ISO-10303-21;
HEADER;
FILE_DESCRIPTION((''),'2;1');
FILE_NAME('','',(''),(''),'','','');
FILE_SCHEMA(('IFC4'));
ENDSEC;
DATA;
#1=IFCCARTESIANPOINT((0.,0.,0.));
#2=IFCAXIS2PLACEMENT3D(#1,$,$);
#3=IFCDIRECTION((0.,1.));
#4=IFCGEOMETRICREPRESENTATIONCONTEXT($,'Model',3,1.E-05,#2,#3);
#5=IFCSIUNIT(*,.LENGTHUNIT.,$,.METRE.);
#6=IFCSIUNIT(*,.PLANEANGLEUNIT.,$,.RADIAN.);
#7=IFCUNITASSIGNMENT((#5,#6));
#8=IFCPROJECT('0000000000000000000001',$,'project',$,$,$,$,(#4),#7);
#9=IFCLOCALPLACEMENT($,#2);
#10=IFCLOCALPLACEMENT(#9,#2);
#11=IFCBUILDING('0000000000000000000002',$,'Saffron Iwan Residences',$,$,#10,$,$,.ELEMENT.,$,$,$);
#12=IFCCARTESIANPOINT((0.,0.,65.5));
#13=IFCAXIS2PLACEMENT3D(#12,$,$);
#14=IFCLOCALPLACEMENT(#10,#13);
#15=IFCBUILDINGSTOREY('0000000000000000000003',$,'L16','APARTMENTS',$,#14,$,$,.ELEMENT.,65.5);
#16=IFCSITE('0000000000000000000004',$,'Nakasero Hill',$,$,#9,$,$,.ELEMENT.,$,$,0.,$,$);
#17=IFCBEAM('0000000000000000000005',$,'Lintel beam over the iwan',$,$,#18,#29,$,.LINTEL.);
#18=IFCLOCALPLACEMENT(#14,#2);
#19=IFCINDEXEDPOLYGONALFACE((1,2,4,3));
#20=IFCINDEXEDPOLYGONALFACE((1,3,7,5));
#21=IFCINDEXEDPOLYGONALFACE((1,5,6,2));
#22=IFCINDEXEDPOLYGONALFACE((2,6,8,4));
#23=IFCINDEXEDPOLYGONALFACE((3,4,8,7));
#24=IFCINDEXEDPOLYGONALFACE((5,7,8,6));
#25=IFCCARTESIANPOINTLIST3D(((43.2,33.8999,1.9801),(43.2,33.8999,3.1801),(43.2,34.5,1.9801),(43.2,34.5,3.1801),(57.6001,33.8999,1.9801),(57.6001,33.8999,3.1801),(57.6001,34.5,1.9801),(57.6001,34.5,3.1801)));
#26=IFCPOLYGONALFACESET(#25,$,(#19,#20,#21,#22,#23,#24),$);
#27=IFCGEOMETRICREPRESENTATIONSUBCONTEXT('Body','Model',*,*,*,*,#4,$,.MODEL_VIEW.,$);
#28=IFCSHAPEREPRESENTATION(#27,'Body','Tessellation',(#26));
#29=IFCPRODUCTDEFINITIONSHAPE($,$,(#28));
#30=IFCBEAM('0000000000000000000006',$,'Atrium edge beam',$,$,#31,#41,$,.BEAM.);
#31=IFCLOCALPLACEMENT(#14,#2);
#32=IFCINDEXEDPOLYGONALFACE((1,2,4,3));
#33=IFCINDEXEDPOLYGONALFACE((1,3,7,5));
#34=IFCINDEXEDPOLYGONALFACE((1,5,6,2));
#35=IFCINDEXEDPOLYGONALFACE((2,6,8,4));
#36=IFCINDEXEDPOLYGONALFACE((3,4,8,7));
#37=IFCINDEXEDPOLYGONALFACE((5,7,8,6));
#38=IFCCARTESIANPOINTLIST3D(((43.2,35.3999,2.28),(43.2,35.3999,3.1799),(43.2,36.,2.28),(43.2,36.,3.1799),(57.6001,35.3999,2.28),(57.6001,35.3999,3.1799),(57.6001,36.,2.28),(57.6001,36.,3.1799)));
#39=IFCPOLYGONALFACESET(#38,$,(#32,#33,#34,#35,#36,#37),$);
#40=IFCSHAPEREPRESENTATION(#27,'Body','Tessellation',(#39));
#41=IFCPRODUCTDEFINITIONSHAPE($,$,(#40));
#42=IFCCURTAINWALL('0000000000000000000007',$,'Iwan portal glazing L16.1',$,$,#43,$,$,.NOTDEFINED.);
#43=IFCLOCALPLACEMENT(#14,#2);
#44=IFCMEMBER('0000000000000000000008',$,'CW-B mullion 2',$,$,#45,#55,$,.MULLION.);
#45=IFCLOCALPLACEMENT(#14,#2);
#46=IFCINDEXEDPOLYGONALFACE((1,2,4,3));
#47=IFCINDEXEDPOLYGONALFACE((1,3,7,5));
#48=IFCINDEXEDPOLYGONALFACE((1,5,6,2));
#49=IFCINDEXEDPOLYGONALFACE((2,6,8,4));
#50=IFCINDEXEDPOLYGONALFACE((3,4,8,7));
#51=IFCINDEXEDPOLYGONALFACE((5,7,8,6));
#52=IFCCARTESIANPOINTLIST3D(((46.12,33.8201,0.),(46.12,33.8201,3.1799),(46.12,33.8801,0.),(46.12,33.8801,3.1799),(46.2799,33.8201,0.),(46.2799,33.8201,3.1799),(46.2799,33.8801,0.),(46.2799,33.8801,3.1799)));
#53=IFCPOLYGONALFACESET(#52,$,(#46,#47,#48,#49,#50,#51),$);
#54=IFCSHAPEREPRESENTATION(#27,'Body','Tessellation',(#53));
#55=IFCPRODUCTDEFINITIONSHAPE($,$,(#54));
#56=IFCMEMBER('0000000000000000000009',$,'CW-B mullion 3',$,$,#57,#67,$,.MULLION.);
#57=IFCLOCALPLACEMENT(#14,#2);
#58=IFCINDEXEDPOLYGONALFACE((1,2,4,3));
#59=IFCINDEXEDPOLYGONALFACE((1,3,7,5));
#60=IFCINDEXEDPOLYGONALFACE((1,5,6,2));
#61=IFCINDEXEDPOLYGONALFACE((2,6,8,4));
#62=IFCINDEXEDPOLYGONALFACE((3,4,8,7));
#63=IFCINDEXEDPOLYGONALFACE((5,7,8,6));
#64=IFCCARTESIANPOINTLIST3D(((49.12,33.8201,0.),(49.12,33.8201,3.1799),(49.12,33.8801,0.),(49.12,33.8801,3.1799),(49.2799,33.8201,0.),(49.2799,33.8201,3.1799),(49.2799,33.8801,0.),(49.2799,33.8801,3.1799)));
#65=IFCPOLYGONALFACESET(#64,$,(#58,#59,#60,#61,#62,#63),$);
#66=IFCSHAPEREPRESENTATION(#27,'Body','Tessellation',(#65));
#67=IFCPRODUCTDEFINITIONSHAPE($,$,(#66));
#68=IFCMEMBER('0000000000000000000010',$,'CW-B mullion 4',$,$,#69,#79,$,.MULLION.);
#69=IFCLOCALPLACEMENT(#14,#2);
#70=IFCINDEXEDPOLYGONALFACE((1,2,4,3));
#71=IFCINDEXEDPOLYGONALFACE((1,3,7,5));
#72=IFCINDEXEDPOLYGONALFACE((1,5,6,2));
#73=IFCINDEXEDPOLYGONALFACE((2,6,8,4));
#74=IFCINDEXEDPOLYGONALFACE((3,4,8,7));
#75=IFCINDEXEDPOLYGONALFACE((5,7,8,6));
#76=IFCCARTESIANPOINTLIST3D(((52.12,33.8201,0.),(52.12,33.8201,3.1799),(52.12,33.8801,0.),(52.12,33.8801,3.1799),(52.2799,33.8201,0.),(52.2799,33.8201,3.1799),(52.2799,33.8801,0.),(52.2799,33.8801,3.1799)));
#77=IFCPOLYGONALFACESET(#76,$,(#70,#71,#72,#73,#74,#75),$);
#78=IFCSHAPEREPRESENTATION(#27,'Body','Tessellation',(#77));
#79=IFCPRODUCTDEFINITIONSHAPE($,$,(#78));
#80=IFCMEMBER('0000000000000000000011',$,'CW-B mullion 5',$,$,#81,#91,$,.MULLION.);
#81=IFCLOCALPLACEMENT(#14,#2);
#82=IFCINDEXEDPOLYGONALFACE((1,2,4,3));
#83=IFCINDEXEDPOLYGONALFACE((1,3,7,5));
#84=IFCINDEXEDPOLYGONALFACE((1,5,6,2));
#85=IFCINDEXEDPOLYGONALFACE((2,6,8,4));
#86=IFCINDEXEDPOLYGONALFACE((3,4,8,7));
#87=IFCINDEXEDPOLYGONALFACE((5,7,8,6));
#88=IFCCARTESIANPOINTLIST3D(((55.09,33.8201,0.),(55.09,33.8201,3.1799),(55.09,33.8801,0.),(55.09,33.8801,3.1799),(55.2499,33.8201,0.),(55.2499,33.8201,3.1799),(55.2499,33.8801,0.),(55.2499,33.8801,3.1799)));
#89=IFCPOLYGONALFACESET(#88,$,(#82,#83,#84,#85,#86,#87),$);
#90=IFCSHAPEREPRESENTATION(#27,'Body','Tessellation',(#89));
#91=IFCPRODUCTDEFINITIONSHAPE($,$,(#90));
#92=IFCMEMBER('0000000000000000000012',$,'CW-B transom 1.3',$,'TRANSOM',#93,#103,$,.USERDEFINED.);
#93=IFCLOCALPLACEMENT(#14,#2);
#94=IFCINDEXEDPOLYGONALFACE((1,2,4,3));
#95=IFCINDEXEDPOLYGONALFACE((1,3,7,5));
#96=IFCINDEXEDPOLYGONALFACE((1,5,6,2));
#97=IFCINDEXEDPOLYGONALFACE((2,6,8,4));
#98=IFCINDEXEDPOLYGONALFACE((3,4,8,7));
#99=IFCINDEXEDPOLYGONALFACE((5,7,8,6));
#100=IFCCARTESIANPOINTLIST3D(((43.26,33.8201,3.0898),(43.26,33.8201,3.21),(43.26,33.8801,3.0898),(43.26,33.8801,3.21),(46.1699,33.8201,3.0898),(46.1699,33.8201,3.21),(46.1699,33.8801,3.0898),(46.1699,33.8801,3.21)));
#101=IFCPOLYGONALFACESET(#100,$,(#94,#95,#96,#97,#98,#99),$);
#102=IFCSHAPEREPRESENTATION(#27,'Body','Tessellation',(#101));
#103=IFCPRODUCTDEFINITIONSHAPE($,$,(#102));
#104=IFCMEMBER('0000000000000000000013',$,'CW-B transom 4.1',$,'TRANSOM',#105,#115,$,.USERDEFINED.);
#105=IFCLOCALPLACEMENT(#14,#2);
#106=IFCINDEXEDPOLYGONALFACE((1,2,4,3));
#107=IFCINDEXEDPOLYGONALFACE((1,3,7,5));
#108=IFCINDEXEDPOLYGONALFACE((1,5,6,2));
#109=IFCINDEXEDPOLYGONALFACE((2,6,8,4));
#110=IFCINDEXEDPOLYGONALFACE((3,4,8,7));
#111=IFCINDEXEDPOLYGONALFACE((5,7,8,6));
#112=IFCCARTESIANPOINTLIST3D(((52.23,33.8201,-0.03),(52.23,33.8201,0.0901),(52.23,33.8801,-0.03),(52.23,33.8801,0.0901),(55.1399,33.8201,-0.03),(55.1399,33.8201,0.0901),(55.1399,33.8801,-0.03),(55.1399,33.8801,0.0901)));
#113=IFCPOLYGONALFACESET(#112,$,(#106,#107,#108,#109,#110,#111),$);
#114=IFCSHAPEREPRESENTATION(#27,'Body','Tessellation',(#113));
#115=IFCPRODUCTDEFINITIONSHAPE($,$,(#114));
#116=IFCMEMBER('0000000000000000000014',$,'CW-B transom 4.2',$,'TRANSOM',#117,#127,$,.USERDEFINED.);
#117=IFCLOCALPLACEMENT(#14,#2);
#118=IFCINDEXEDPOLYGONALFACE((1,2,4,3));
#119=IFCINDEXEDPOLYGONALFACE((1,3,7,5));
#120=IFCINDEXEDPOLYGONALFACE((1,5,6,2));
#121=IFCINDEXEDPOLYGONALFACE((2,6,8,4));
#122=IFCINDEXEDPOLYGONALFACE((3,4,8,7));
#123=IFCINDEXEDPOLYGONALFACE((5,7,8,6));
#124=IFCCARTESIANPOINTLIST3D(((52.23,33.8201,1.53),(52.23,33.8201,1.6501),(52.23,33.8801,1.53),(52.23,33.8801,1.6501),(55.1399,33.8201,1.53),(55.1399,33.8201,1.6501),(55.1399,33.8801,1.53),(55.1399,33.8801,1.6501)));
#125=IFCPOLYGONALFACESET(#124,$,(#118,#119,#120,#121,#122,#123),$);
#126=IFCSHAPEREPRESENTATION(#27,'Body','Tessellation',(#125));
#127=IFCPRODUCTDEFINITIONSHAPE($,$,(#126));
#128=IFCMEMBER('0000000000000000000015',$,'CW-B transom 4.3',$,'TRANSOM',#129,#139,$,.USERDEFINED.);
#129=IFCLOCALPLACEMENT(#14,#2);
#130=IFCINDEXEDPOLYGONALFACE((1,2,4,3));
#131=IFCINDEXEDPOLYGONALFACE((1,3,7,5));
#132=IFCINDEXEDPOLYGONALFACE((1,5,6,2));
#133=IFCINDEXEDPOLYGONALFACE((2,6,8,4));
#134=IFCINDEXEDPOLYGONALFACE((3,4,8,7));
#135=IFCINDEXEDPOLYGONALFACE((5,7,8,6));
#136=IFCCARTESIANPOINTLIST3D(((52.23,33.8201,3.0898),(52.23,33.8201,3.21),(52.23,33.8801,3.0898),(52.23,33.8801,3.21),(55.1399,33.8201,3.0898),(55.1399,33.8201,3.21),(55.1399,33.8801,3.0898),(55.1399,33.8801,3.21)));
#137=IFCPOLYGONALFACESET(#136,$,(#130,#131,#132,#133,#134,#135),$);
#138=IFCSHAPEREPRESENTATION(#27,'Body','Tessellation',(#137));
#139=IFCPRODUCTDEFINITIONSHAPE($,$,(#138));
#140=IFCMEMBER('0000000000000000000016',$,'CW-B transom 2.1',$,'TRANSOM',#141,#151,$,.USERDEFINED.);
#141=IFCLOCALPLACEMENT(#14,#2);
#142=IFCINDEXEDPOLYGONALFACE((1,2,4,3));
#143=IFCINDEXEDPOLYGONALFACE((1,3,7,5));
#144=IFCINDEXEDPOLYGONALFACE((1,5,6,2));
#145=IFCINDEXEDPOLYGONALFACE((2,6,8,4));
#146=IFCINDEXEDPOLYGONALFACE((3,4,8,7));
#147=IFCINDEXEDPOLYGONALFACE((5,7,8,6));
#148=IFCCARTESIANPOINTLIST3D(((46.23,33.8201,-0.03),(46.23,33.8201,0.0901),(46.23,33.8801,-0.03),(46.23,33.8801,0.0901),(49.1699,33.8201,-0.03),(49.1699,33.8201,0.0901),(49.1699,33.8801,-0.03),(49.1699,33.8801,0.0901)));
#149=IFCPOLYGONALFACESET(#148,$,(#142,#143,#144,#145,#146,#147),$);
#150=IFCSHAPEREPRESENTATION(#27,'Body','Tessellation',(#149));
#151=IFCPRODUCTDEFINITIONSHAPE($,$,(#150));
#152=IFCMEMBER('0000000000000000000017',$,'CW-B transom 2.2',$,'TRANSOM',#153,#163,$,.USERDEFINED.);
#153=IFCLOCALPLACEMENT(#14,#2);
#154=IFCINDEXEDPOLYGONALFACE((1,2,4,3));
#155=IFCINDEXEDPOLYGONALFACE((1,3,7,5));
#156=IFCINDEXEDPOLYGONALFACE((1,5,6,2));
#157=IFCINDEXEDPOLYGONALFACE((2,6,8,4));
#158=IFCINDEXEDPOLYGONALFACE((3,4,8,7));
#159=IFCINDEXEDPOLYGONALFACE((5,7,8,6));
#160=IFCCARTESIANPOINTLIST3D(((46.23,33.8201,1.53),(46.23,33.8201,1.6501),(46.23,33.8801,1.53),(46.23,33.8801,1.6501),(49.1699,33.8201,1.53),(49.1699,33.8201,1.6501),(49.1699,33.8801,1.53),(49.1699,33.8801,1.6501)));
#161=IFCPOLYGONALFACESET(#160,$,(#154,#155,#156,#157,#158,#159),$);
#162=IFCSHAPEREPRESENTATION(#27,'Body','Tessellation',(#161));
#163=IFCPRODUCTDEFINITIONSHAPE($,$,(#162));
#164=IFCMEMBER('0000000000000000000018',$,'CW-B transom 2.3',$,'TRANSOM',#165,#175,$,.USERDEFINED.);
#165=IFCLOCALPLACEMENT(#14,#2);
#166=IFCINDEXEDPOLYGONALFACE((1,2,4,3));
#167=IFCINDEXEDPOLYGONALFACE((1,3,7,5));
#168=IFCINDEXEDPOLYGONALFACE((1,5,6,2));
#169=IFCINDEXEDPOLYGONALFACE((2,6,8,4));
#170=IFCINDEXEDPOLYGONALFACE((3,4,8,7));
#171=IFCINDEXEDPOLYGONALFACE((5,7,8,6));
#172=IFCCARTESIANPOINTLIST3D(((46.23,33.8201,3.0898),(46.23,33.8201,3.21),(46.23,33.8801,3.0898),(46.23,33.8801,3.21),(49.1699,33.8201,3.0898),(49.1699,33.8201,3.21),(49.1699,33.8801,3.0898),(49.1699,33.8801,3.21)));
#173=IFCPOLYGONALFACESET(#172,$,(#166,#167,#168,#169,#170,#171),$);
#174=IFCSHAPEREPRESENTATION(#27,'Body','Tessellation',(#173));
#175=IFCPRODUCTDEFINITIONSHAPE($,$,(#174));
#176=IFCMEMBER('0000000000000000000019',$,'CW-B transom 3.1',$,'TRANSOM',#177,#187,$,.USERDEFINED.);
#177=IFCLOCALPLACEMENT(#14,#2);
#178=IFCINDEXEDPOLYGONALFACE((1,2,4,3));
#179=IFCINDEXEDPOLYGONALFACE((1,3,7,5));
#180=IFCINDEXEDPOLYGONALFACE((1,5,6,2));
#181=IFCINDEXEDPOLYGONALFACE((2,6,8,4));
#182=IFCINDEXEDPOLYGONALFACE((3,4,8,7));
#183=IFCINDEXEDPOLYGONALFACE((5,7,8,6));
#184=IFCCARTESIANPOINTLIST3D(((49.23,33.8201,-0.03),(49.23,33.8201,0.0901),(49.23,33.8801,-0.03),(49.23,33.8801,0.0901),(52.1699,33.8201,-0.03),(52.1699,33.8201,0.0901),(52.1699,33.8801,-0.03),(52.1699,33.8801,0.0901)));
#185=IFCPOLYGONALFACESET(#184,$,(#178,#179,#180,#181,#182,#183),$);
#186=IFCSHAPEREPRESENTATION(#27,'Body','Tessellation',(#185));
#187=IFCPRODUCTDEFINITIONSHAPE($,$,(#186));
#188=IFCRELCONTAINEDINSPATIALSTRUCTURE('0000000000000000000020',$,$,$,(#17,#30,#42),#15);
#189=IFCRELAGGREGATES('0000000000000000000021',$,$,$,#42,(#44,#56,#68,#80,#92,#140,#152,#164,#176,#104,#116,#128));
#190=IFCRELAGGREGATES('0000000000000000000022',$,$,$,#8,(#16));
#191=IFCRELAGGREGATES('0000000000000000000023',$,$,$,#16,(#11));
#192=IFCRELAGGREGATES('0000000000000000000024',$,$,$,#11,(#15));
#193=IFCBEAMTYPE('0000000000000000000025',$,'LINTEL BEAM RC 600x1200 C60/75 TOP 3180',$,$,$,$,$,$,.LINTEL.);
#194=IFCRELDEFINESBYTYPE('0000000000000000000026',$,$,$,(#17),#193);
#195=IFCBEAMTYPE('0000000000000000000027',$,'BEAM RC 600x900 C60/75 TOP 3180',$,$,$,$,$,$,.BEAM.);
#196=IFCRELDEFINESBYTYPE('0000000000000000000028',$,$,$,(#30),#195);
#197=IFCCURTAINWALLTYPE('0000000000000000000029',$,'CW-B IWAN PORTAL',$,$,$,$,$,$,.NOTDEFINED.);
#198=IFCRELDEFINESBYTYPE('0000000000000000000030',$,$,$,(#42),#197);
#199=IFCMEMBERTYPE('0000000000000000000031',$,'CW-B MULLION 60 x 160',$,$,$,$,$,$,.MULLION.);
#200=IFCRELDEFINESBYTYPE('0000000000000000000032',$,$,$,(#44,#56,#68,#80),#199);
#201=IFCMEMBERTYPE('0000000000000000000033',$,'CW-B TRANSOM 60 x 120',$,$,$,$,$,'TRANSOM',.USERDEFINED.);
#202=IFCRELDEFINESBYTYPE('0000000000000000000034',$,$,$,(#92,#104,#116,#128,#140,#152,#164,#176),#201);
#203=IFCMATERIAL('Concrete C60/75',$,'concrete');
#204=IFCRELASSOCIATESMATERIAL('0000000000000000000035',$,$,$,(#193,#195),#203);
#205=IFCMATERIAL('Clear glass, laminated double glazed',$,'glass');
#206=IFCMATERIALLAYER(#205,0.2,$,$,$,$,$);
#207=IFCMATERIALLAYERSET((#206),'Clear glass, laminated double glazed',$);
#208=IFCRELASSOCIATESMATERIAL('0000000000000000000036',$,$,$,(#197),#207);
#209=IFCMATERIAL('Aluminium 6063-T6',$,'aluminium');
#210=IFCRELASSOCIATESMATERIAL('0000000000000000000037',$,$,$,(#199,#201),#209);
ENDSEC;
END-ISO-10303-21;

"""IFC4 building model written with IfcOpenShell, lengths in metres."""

from ifc_helpers import new_model, si_unit, direction, frame, origin, origin_2d, place, context, subcontext, project, spatial, rectangle, extrude, source, transform, mapped, material, layer, layer_set, material_profile, profile_set, type_object, element, aggregate, save


model = new_model("IFC4")

# Units and contexts
model_context = context("Model", 3, precision=1e-05, world=origin(), true_north=direction((0.0, 1.0)))
body_context = subcontext(model_context, "Body", "Model", "MODEL_VIEW")
ifc_project = project(units=[si_unit("LENGTHUNIT", "METRE"), si_unit("PLANEANGLEUNIT", "RADIAN")], contexts=[model_context])

# Site, building, storey
site_placement = place(None, origin())
site = spatial("IfcSite", under=ifc_project, at=site_placement, Name="Nakasero Hill", CompositionType="ELEMENT", RefElevation=0.0)
building_placement = place(site_placement, origin())
building = spatial("IfcBuilding", under=site, at=building_placement, Name="Saffron Iwan Residences", CompositionType="ELEMENT")
storey_placement = place(building_placement, frame((0.0, 0.0, 65.5)))
storey = spatial("IfcBuildingStorey", under=building, at=storey_placement, Name="L16", Description="APARTMENTS", CompositionType="ELEMENT", Elevation=65.5)

# Beams
ifc_material_1 = material(Name="Concrete C60/75", Category="concrete")
ifc_material_profile_1 = material_profile(ifc_material_1, rectangle(XDim=0.6001, YDim=1.2, at=origin_2d()), Name="RC 600x1200")
ifc_profile_set_1 = profile_set([ifc_material_profile_1], Name="Concrete C60/75")
beam_type_1 = type_object("IfcBeamType", Name="LINTEL BEAM RC 600x1200 C60/75 TOP 3180", PredefinedType="LINTEL", material=ifc_profile_set_1)
shared_shape_1 = source(origin(), body_context, "Body", "SweptSolid", [
    extrude(rectangle(XDim=0.6001, YDim=1.2, at=origin_2d()), origin(), (0.0, 0.0, 1.0), 14.4001),
])
beam_1_placement = place(storey_placement, frame((57.6001, 34.2, 2.5801), z_axis=(-1.0, 0.0, 0.0), x_axis=(0.0, -1.0, 0.0)))
element("IfcBeam", 1, at=beam_1_placement, inside=storey, type_object=beam_type_1, Name="Lintel beam over the iwan", PredefinedType="LINTEL", context=body_context, shape_type="MappedRepresentation", body=[
    mapped(shared_shape_1, transform((0.0, 0.0, 0.0))),
])
ifc_material_profile_2 = material_profile(ifc_material_1, rectangle(XDim=0.6001, YDim=0.8999, at=origin_2d()), Name="RC 600x900")
ifc_profile_set_2 = profile_set([ifc_material_profile_2], Name="Concrete C60/75")
beam_type_2 = type_object("IfcBeamType", Name="BEAM RC 600x900 C60/75 TOP 3180", PredefinedType="BEAM", material=ifc_profile_set_2)
shared_shape_2 = source(origin(), body_context, "Body", "SweptSolid", [
    extrude(rectangle(XDim=0.6001, YDim=0.8999, at=origin_2d()), origin(), (0.0, 0.0, 1.0), 14.4001),
])
beam_2_placement = place(storey_placement, frame((57.6001, 35.7, 2.73), z_axis=(-1.0, 0.0, 0.0), x_axis=(0.0, -1.0, 0.0)))
element("IfcBeam", 2, at=beam_2_placement, inside=storey, type_object=beam_type_2, Name="Atrium edge beam", PredefinedType="BEAM", context=body_context, shape_type="MappedRepresentation", body=[
    mapped(shared_shape_2, transform((0.0, 0.0, 0.0))),
])

# Curtain wall, members
ifc_material_2 = material(Name="Clear glass, laminated double glazed", Category="glass")
ifc_layer_1 = layer(ifc_material_2, 0.2)
ifc_layer_set_1 = layer_set([ifc_layer_1], Name="Clear glass, laminated double glazed")
curtain_wall_type = type_object("IfcCurtainWallType", Name="CW-B IWAN PORTAL", PredefinedType="NOTDEFINED", material=ifc_layer_set_1)
curtain_wall_placement = place(storey_placement, origin())
curtain_wall = element("IfcCurtainWall", 3, at=curtain_wall_placement, inside=storey, type_object=curtain_wall_type, Name="Iwan portal glazing L16.1", PredefinedType="NOTDEFINED")
ifc_material_3 = material(Name="Aluminium 6063-T6", Category="aluminium")
ifc_material_profile_3 = material_profile(ifc_material_3, rectangle(XDim=0.0601, YDim=0.1599, at=origin_2d()), Name="CW-B MULLION 60 x 160")
ifc_profile_set_3 = profile_set([ifc_material_profile_3], Name="Aluminium 6063-T6")
member_type_1 = type_object("IfcMemberType", Name="CW-B MULLION 60 x 160", PredefinedType="MULLION", material=ifc_profile_set_3)
shared_shape_3 = source(origin(), body_context, "Body", "SweptSolid", [
    extrude(rectangle(XDim=0.0601, YDim=0.1599, at=origin_2d()), origin(), (0.0, 0.0, 1.0), 3.1799),
])
member_1_placement = place(storey_placement, frame((46.2, 33.8501, 0.0), z_axis=(0.0, 0.0, 1.0), x_axis=(0.0, 1.0, 0.0)))
member_1 = element("IfcMember", 4, at=member_1_placement, type_object=member_type_1, Name="CW-B mullion 2", PredefinedType="MULLION", context=body_context, shape_type="MappedRepresentation", body=[
    mapped(shared_shape_3, transform((0.0, 0.0, 0.0))),
])
member_2_placement = place(storey_placement, frame((49.2, 33.8501, 0.0), z_axis=(0.0, 0.0, 1.0), x_axis=(0.0, 1.0, 0.0)))
member_2 = element("IfcMember", 5, at=member_2_placement, type_object=member_type_1, Name="CW-B mullion 3", PredefinedType="MULLION", context=body_context, shape_type="MappedRepresentation", body=[
    mapped(shared_shape_3, transform((0.0, 0.0, 0.0))),
])
member_3_placement = place(storey_placement, frame((52.2, 33.8501, 0.0), z_axis=(0.0, 0.0, 1.0), x_axis=(0.0, 1.0, 0.0)))
member_3 = element("IfcMember", 6, at=member_3_placement, type_object=member_type_1, Name="CW-B mullion 4", PredefinedType="MULLION", context=body_context, shape_type="MappedRepresentation", body=[
    mapped(shared_shape_3, transform((0.0, 0.0, 0.0))),
])
member_4_placement = place(storey_placement, frame((55.1699, 33.8501, 0.0), z_axis=(0.0, 0.0, 1.0), x_axis=(0.0, 1.0, 0.0)))
member_4 = element("IfcMember", 7, at=member_4_placement, type_object=member_type_1, Name="CW-B mullion 5", PredefinedType="MULLION", context=body_context, shape_type="MappedRepresentation", body=[
    mapped(shared_shape_3, transform((0.0, 0.0, 0.0))),
])
ifc_material_profile_4 = material_profile(ifc_material_3, rectangle(XDim=0.0601, YDim=0.1201, at=origin_2d()), Name="CW-B TRANSOM 60 x 120")
ifc_profile_set_4 = profile_set([ifc_material_profile_4], Name="Aluminium 6063-T6")
member_type_2 = type_object("IfcMemberType", Name="CW-B TRANSOM 60 x 120", ElementType="TRANSOM", PredefinedType="USERDEFINED", material=ifc_profile_set_4)
shared_shape_4 = source(origin(), body_context, "Body", "SweptSolid", [
    extrude(rectangle(XDim=0.0601, YDim=0.1201, at=origin_2d()), origin(), (0.0, 0.0, 1.0), 2.9099),
])
member_5_placement = place(storey_placement, frame((43.26, 33.8501, 3.1499), z_axis=(1.0, 0.0, 0.0), x_axis=(0.0, 1.0, 0.0)))
member_5 = element("IfcMember", 8, at=member_5_placement, type_object=member_type_2, Name="CW-B transom 1.3", ObjectType="TRANSOM", PredefinedType="USERDEFINED", context=body_context, shape_type="MappedRepresentation", body=[
    mapped(shared_shape_4, transform((0.0, 0.0, 0.0))),
])
member_6_placement = place(storey_placement, frame((52.23, 33.8501, 0.03), z_axis=(1.0, 0.0, 0.0), x_axis=(0.0, 1.0, 0.0)))
member_6 = element("IfcMember", 9, at=member_6_placement, type_object=member_type_2, Name="CW-B transom 4.1", ObjectType="TRANSOM", PredefinedType="USERDEFINED", context=body_context, shape_type="MappedRepresentation", body=[
    mapped(shared_shape_4, transform((0.0, 0.0, 0.0))),
])
member_7_placement = place(storey_placement, frame((52.23, 33.8501, 1.5901), z_axis=(1.0, 0.0, 0.0), x_axis=(0.0, 1.0, 0.0)))
member_7 = element("IfcMember", 10, at=member_7_placement, type_object=member_type_2, Name="CW-B transom 4.2", ObjectType="TRANSOM", PredefinedType="USERDEFINED", context=body_context, shape_type="MappedRepresentation", body=[
    mapped(shared_shape_4, transform((0.0, 0.0, 0.0))),
])
member_8_placement = place(storey_placement, frame((52.23, 33.8501, 3.1499), z_axis=(1.0, 0.0, 0.0), x_axis=(0.0, 1.0, 0.0)))
member_8 = element("IfcMember", 11, at=member_8_placement, type_object=member_type_2, Name="CW-B transom 4.3", ObjectType="TRANSOM", PredefinedType="USERDEFINED", context=body_context, shape_type="MappedRepresentation", body=[
    mapped(shared_shape_4, transform((0.0, 0.0, 0.0))),
])
shared_shape_5 = source(origin(), body_context, "Body", "SweptSolid", [
    extrude(rectangle(XDim=0.0601, YDim=0.1201, at=origin_2d()), origin(), (0.0, 0.0, 1.0), 2.9399),
])
member_9_placement = place(storey_placement, frame((46.23, 33.8501, 0.03), z_axis=(1.0, 0.0, 0.0), x_axis=(0.0, 1.0, 0.0)))
member_9 = element("IfcMember", 12, at=member_9_placement, type_object=member_type_2, Name="CW-B transom 2.1", ObjectType="TRANSOM", PredefinedType="USERDEFINED", context=body_context, shape_type="MappedRepresentation", body=[
    mapped(shared_shape_5, transform((0.0, 0.0, 0.0))),
])
member_10_placement = place(storey_placement, frame((46.23, 33.8501, 1.5901), z_axis=(1.0, 0.0, 0.0), x_axis=(0.0, 1.0, 0.0)))
member_10 = element("IfcMember", 13, at=member_10_placement, type_object=member_type_2, Name="CW-B transom 2.2", ObjectType="TRANSOM", PredefinedType="USERDEFINED", context=body_context, shape_type="MappedRepresentation", body=[
    mapped(shared_shape_5, transform((0.0, 0.0, 0.0))),
])
member_11_placement = place(storey_placement, frame((46.23, 33.8501, 3.1499), z_axis=(1.0, 0.0, 0.0), x_axis=(0.0, 1.0, 0.0)))
member_11 = element("IfcMember", 14, at=member_11_placement, type_object=member_type_2, Name="CW-B transom 2.3", ObjectType="TRANSOM", PredefinedType="USERDEFINED", context=body_context, shape_type="MappedRepresentation", body=[
    mapped(shared_shape_5, transform((0.0, 0.0, 0.0))),
])
member_12_placement = place(storey_placement, frame((49.23, 33.8501, 0.03), z_axis=(1.0, 0.0, 0.0), x_axis=(0.0, 1.0, 0.0)))
member_12 = element("IfcMember", 15, at=member_12_placement, type_object=member_type_2, Name="CW-B transom 3.1", ObjectType="TRANSOM", PredefinedType="USERDEFINED", context=body_context, shape_type="MappedRepresentation", body=[
    mapped(shared_shape_5, transform((0.0, 0.0, 0.0))),
])
aggregate(curtain_wall, [member_1, member_2, member_3, member_4, member_5, member_9, member_10, member_11, member_12, member_6, member_7, member_8])

save(model, "model.ifc")
